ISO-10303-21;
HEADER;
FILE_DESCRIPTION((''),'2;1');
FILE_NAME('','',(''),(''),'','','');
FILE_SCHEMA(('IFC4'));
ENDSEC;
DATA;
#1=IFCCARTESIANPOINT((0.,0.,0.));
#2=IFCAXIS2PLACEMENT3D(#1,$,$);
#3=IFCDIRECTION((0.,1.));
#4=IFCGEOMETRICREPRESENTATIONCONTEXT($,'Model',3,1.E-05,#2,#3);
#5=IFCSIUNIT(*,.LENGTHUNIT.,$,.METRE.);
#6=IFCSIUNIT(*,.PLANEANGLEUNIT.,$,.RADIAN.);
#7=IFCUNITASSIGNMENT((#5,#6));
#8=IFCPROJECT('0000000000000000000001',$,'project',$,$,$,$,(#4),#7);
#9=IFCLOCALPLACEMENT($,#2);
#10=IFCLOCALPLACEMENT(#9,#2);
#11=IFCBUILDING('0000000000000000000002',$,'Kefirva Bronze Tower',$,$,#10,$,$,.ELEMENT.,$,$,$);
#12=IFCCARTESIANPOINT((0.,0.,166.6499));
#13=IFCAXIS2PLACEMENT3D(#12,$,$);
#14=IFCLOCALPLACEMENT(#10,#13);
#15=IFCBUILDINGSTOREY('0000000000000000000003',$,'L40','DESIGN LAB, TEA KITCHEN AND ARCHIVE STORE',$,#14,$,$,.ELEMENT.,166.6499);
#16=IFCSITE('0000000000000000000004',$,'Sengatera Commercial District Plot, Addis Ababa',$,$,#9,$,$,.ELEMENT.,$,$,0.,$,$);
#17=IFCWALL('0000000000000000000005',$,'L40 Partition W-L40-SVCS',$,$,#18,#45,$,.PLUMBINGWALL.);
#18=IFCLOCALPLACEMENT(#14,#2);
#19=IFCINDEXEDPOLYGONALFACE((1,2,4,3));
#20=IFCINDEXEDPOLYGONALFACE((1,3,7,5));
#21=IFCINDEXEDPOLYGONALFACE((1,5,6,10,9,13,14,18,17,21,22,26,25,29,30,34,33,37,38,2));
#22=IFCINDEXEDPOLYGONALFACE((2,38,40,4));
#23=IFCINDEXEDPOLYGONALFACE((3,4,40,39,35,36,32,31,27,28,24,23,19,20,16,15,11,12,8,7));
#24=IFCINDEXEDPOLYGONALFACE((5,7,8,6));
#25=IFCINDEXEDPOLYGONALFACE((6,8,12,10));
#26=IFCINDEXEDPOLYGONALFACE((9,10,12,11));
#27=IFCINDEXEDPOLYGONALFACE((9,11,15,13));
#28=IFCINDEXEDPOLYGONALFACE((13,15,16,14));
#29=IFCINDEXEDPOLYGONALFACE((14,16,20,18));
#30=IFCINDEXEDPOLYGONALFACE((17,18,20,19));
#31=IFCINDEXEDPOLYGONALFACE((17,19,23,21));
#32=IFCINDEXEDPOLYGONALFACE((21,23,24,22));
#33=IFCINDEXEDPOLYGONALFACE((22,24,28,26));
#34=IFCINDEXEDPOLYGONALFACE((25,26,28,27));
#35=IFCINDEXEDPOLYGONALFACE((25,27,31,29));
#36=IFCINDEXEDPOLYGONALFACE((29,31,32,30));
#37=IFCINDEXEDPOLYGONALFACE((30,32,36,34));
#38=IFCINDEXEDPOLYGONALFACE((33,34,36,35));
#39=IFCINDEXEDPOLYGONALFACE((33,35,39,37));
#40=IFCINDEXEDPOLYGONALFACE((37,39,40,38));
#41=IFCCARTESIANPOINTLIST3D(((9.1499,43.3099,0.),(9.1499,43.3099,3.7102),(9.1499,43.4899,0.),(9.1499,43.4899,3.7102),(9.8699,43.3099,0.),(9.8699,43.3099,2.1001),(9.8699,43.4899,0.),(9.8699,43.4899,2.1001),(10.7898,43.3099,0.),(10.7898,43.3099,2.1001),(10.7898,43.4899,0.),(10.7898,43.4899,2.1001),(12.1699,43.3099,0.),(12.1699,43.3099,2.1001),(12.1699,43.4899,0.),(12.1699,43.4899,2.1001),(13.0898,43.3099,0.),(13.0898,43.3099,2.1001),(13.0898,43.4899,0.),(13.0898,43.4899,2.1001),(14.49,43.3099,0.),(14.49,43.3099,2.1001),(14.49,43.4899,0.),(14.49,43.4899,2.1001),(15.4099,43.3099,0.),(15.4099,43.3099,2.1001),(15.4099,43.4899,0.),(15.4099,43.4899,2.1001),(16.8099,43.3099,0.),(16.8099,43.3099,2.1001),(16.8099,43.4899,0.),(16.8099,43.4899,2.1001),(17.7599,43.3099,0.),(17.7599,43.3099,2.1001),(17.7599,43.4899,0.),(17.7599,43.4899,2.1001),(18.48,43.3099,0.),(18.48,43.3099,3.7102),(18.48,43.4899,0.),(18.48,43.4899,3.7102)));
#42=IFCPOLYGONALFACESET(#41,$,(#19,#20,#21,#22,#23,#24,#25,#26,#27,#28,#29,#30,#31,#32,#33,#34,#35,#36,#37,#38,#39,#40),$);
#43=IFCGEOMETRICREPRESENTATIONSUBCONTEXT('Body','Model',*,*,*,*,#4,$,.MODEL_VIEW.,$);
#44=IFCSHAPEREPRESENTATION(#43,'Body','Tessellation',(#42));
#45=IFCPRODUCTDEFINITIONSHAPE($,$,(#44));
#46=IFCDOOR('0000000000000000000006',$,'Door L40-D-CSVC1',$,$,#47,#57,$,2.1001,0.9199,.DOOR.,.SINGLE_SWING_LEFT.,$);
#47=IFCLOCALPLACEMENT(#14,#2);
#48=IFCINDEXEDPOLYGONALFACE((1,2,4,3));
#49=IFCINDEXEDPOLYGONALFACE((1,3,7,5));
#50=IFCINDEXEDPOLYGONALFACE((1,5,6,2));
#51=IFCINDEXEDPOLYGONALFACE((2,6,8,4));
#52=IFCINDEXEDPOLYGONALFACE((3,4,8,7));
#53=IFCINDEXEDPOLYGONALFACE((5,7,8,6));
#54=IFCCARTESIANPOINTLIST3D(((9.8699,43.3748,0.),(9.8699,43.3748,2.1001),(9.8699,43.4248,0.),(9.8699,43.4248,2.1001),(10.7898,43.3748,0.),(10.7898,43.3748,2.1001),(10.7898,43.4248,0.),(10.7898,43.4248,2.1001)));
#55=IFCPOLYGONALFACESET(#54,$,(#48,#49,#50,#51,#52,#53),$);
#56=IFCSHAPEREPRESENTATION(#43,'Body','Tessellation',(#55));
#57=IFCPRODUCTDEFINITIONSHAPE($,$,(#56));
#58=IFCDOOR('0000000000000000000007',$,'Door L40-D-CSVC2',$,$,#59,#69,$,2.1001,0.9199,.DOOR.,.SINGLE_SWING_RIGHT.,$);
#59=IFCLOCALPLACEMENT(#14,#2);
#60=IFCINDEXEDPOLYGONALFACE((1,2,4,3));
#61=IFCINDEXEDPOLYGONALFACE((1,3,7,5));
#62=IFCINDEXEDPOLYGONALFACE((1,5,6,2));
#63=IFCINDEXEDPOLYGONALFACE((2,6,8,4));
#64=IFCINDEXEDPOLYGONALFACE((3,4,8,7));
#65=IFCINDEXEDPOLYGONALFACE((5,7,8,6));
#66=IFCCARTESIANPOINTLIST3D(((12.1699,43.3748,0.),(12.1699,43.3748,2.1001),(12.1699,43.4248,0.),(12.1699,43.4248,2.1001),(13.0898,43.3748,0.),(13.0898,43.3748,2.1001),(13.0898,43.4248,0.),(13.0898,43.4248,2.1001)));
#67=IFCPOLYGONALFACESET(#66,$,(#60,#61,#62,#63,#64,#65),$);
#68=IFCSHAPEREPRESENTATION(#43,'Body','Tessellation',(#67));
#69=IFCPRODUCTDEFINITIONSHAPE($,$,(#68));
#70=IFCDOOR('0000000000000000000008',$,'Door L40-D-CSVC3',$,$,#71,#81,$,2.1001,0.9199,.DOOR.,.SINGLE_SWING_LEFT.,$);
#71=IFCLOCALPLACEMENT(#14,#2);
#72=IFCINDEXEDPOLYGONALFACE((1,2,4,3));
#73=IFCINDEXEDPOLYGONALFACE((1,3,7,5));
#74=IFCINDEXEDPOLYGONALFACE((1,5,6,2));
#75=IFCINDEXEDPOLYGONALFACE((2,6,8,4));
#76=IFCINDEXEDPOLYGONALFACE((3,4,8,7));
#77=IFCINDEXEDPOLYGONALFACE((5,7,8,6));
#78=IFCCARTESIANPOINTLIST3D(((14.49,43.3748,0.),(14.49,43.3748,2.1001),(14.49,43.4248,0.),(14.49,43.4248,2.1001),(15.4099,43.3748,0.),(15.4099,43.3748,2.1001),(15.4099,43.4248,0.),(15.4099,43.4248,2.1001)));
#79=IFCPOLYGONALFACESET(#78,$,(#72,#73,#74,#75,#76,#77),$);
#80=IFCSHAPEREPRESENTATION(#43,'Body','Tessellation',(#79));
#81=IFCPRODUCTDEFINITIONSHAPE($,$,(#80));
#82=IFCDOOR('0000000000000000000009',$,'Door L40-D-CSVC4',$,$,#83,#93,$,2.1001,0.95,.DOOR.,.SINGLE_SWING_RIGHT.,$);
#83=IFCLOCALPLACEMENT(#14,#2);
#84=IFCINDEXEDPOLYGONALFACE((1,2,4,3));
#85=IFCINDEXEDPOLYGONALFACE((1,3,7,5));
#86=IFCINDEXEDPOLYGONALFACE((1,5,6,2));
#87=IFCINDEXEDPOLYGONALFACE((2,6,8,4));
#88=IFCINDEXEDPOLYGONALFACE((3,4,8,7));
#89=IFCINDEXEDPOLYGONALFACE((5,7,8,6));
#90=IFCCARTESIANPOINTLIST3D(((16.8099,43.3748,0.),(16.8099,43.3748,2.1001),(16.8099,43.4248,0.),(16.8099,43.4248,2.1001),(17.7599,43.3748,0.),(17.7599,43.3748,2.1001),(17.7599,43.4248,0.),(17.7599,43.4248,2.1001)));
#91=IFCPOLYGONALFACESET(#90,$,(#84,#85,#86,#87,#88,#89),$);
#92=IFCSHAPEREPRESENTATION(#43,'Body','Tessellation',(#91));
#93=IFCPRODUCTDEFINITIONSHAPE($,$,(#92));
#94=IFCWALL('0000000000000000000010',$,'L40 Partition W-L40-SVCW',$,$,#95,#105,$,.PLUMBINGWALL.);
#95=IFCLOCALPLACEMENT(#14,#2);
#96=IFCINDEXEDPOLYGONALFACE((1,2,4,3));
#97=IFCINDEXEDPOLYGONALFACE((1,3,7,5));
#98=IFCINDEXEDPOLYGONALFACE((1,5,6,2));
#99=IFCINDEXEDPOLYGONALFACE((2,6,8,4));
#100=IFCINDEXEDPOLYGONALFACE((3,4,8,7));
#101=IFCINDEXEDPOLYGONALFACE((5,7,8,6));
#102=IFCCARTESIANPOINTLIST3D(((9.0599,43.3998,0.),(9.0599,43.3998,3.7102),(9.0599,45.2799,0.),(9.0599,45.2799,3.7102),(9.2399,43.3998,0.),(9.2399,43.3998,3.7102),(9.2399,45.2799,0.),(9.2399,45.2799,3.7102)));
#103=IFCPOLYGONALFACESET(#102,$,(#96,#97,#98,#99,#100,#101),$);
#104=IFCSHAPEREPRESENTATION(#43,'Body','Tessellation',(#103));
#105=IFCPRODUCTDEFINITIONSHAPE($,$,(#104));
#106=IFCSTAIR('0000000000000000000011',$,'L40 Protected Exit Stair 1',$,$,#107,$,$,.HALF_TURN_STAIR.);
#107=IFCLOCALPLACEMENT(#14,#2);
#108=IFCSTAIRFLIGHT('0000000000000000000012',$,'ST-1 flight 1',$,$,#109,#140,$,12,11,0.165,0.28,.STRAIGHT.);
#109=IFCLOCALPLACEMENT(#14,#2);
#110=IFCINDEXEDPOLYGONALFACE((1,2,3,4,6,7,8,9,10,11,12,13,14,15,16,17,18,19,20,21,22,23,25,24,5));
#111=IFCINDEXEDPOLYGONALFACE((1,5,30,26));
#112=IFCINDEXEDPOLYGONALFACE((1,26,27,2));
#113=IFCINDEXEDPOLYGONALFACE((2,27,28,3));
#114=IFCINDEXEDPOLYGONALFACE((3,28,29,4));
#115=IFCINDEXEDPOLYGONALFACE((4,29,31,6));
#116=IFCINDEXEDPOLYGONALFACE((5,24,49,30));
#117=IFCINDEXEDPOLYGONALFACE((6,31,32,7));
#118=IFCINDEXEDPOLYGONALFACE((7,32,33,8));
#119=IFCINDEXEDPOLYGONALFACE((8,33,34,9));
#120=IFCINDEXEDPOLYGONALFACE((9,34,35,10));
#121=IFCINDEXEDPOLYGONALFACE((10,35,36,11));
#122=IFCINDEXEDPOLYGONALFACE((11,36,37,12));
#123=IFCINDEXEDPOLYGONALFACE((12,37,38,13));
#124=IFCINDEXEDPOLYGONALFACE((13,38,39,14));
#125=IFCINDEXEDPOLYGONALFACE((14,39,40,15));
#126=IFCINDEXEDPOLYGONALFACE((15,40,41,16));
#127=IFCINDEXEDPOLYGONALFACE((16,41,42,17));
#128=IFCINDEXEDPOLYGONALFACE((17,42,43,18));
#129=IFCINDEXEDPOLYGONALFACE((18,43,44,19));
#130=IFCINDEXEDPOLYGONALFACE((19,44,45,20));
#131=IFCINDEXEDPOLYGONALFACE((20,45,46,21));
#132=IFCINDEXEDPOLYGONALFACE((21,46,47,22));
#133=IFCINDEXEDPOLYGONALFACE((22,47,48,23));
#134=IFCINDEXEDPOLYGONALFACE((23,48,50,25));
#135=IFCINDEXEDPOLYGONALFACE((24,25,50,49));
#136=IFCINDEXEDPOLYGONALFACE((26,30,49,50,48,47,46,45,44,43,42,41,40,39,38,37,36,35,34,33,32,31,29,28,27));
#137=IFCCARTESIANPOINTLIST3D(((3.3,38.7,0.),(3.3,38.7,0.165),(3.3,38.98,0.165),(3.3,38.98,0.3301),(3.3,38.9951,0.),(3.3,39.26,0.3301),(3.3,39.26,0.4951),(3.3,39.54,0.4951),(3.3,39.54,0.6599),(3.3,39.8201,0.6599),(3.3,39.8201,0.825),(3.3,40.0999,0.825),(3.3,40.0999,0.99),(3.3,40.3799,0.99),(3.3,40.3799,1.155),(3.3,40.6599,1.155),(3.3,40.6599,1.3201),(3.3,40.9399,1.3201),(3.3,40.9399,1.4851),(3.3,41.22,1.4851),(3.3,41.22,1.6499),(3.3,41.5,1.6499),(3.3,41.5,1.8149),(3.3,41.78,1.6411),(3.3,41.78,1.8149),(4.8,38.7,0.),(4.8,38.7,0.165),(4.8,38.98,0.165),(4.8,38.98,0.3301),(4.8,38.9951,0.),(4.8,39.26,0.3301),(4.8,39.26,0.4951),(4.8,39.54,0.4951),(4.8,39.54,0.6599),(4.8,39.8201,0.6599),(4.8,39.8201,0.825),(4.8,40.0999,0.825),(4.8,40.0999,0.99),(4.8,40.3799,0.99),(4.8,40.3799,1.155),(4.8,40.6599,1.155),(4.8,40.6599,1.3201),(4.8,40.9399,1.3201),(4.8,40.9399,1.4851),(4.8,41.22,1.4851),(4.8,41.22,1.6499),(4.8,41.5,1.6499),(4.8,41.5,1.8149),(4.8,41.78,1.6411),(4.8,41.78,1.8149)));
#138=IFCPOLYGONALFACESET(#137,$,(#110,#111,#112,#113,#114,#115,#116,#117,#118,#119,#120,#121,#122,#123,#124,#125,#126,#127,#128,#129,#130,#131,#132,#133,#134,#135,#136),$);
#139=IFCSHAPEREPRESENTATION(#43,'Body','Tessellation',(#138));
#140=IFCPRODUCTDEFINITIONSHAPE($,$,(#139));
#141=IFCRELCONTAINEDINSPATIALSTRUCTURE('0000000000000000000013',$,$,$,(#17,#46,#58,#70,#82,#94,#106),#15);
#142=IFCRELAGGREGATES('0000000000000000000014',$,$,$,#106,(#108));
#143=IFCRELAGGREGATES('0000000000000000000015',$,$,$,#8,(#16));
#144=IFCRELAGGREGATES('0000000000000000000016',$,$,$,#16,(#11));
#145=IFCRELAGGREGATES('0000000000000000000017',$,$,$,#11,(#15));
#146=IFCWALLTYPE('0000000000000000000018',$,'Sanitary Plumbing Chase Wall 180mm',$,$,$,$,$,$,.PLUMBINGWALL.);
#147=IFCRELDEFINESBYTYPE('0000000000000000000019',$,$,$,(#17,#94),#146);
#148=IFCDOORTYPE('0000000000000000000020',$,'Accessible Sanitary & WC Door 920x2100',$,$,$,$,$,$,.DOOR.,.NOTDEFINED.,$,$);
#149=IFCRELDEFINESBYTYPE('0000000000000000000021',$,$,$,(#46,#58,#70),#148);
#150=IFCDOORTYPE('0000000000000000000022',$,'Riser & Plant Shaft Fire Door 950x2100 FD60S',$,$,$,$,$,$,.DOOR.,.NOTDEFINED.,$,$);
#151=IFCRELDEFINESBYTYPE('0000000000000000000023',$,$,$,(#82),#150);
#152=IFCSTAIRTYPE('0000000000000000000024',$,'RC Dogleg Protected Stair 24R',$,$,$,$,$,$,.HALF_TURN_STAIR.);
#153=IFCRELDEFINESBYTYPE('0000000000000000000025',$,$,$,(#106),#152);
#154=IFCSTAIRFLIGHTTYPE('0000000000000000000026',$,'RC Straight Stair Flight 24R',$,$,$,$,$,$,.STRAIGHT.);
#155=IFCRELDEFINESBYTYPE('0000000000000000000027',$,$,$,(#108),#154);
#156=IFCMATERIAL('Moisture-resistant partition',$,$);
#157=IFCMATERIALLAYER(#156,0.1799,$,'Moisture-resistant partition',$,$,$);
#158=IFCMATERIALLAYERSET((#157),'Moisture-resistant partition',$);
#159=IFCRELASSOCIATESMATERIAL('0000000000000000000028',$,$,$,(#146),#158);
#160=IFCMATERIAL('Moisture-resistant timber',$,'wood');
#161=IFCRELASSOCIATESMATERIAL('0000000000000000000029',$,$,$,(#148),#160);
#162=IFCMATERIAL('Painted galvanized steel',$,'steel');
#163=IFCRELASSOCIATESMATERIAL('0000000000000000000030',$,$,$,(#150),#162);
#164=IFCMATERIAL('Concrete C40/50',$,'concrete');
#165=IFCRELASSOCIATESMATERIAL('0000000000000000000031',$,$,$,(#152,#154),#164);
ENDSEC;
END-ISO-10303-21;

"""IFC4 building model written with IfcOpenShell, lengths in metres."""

from ifc_helpers import new_model, si_unit, direction, frame, frame_2d, origin, place, context, subcontext, project, spatial, polyline, rectangle, outline, extrude, material, layer, layer_set, type_object, element, fill, aggregate, save


model = new_model("IFC4")

# Units and contexts
model_context = context("Model", 3, precision=1e-05, world=origin(), true_north=direction((0.0, 1.0)))
body_context = subcontext(model_context, "Body", "Model", "MODEL_VIEW")
ifc_project = project(units=[si_unit("LENGTHUNIT", "METRE"), si_unit("PLANEANGLEUNIT", "RADIAN")], contexts=[model_context])

# Site, building, storey
site_placement = place(None, origin())
site = spatial("IfcSite", under=ifc_project, at=site_placement, Name="Sengatera Commercial District Plot, Addis Ababa", CompositionType="ELEMENT", RefElevation=0.0)
building_placement = place(site_placement, origin())
building = spatial("IfcBuilding", under=site, at=building_placement, Name="Kefirva Bronze Tower", CompositionType="ELEMENT")
storey_placement = place(building_placement, frame((0.0, 0.0, 166.6499)))
storey = spatial("IfcBuildingStorey", under=building, at=storey_placement, Name="L40", Description="DESIGN LAB, TEA KITCHEN AND ARCHIVE STORE", CompositionType="ELEMENT", Elevation=166.6499)

# Wall, openings, doors
ifc_material_1 = material(Name="Moisture-resistant partition")
ifc_layer_1 = layer(ifc_material_1, 0.1799, Name="Moisture-resistant partition")
ifc_layer_set_1 = layer_set([ifc_layer_1], Name="Moisture-resistant partition")
wall_type_1 = type_object("IfcWallType", Name="Sanitary Plumbing Chase Wall 180mm", PredefinedType="PLUMBINGWALL", material=ifc_layer_set_1)
wall_1_placement = place(storey_placement, frame((9.1499, 43.3999, 0.0), z_axis=(0.0, 0.0, 1.0), x_axis=(1.0, 0.0, 0.0)))
wall_1 = element("IfcWall", 1, at=wall_1_placement, inside=storey, type_object=wall_type_1, Name="L40 Partition W-L40-SVCS", PredefinedType="PLUMBINGWALL", context=body_context, shape_type="SweptSolid", body=[
    extrude(rectangle(XDim=9.3301, YDim=0.1799, at=frame_2d((4.665, 0.0))), origin(), (0.0, 0.0, 1.0), 3.7102),
])
opening_1_placement = place(wall_1_placement, frame((0.72, 0.0, 0.0)))
opening_1 = element("IfcOpeningElement", 2, at=opening_1_placement, cuts=wall_1, PredefinedType="OPENING", context=body_context, shape_type="SweptSolid", body=[
    extrude(rectangle(XDim=0.9199, YDim=2.1001, at=frame_2d((0.46, 1.05))), frame((0.0, 0.1001, 0.0), z_axis=(0.0, -1.0, 0.0), x_axis=(1.0, 0.0, 0.0)), (0.0, 0.0, 1.0), 0.2),
])
opening_2_placement = place(wall_1_placement, frame((3.02, 0.0, 0.0)))
opening_2 = element("IfcOpeningElement", 3, at=opening_2_placement, cuts=wall_1, PredefinedType="OPENING", context=body_context, shape_type="SweptSolid", body=[
    extrude(rectangle(XDim=0.9199, YDim=2.1001, at=frame_2d((0.46, 1.05))), frame((0.0, 0.1001, 0.0), z_axis=(0.0, -1.0, 0.0), x_axis=(1.0, 0.0, 0.0)), (0.0, 0.0, 1.0), 0.2),
])
opening_3_placement = place(wall_1_placement, frame((5.3401, 0.0, 0.0)))
opening_3 = element("IfcOpeningElement", 4, at=opening_3_placement, cuts=wall_1, PredefinedType="OPENING", context=body_context, shape_type="SweptSolid", body=[
    extrude(rectangle(XDim=0.9199, YDim=2.1001, at=frame_2d((0.46, 1.05))), frame((0.0, 0.1001, 0.0), z_axis=(0.0, -1.0, 0.0), x_axis=(1.0, 0.0, 0.0)), (0.0, 0.0, 1.0), 0.2),
])
opening_4_placement = place(wall_1_placement, frame((7.6599, 0.0, 0.0)))
opening_4 = element("IfcOpeningElement", 5, at=opening_4_placement, cuts=wall_1, PredefinedType="OPENING", context=body_context, shape_type="SweptSolid", body=[
    extrude(rectangle(XDim=0.95, YDim=2.1001, at=frame_2d((0.4751, 1.05))), frame((0.0, 0.1001, 0.0), z_axis=(0.0, -1.0, 0.0), x_axis=(1.0, 0.0, 0.0)), (0.0, 0.0, 1.0), 0.2),
])
ifc_material_2 = material(Name="Moisture-resistant timber", Category="wood")
door_type_1 = type_object("IfcDoorType", Name="Accessible Sanitary & WC Door 920x2100", OperationType="NOTDEFINED", PredefinedType="DOOR", material=ifc_material_2)
door_1_placement = place(opening_1_placement, origin())
door_1 = element("IfcDoor", 6, at=door_1_placement, inside=storey, type_object=door_type_1, Name="Door L40-D-CSVC1", OperationType="SINGLE_SWING_LEFT", OverallHeight=2.1001, OverallWidth=0.9199, PredefinedType="DOOR", context=body_context, shape_type="SweptSolid", body=[
    extrude(rectangle(XDim=0.9199, YDim=2.1001, at=frame_2d((0.46, 1.05))), frame((0.0, 0.0249, 0.0), z_axis=(0.0, -1.0, 0.0), x_axis=(1.0, 0.0, 0.0)), (0.0, 0.0, 1.0), 0.05),
])
fill(opening_1, door_1)
door_2_placement = place(opening_2_placement, origin())
door_2 = element("IfcDoor", 7, at=door_2_placement, inside=storey, type_object=door_type_1, Name="Door L40-D-CSVC2", OperationType="SINGLE_SWING_RIGHT", OverallHeight=2.1001, OverallWidth=0.9199, PredefinedType="DOOR", context=body_context, shape_type="SweptSolid", body=[
    extrude(rectangle(XDim=0.9199, YDim=2.1001, at=frame_2d((0.46, 1.05))), frame((0.0, 0.0249, 0.0), z_axis=(0.0, -1.0, 0.0), x_axis=(1.0, 0.0, 0.0)), (0.0, 0.0, 1.0), 0.05),
])
fill(opening_2, door_2)
door_3_placement = place(opening_3_placement, origin())
door_3 = element("IfcDoor", 8, at=door_3_placement, inside=storey, type_object=door_type_1, Name="Door L40-D-CSVC3", OperationType="SINGLE_SWING_LEFT", OverallHeight=2.1001, OverallWidth=0.9199, PredefinedType="DOOR", context=body_context, shape_type="SweptSolid", body=[
    extrude(rectangle(XDim=0.9199, YDim=2.1001, at=frame_2d((0.46, 1.05))), frame((0.0, 0.0249, 0.0), z_axis=(0.0, -1.0, 0.0), x_axis=(1.0, 0.0, 0.0)), (0.0, 0.0, 1.0), 0.05),
])
fill(opening_3, door_3)
ifc_material_3 = material(Name="Painted galvanized steel", Category="steel")
door_type_2 = type_object("IfcDoorType", Name="Riser & Plant Shaft Fire Door 950x2100 FD60S", OperationType="NOTDEFINED", PredefinedType="DOOR", material=ifc_material_3)
door_4_placement = place(opening_4_placement, origin())
door_4 = element("IfcDoor", 9, at=door_4_placement, inside=storey, type_object=door_type_2, Name="Door L40-D-CSVC4", OperationType="SINGLE_SWING_RIGHT", OverallHeight=2.1001, OverallWidth=0.95, PredefinedType="DOOR", context=body_context, shape_type="SweptSolid", body=[
    extrude(rectangle(XDim=0.95, YDim=2.1001, at=frame_2d((0.4751, 1.05))), frame((0.0, 0.0249, 0.0), z_axis=(0.0, -1.0, 0.0), x_axis=(1.0, 0.0, 0.0)), (0.0, 0.0, 1.0), 0.05),
])
fill(opening_4, door_4)

# Wall
wall_2_placement = place(storey_placement, frame((9.1499, 43.3999, 0.0), z_axis=(0.0, 0.0, 1.0), x_axis=(0.0, 1.0, 0.0)))
element("IfcWall", 10, at=wall_2_placement, inside=storey, type_object=wall_type_1, Name="L40 Partition W-L40-SVCW", PredefinedType="PLUMBINGWALL", context=body_context, shape_type="SweptSolid", body=[
    extrude(rectangle(XDim=1.8801, YDim=0.1799, at=frame_2d((0.9399, 0.0))), origin(), (0.0, 0.0, 1.0), 3.7102),
])

# Stair, stair flight
ifc_material_4 = material(Name="Concrete C40/50", Category="concrete")
stair_type = type_object("IfcStairType", Name="RC Dogleg Protected Stair 24R", PredefinedType="HALF_TURN_STAIR", material=ifc_material_4)
stair_placement = place(storey_placement, origin())
stair = element("IfcStair", 11, at=stair_placement, inside=storey, type_object=stair_type, Name="L40 Protected Exit Stair 1", PredefinedType="HALF_TURN_STAIR")
stair_flight_type = type_object("IfcStairFlightType", Name="RC Straight Stair Flight 24R", PredefinedType="STRAIGHT", material=ifc_material_4)
stair_flight_placement = place(storey_placement, frame((4.05, 38.7, 0.0), z_axis=(0.0, 0.0, 1.0), x_axis=(0.0, 1.0, 0.0)))
stair_flight = element("IfcStairFlight", 12, at=stair_flight_placement, type_object=stair_flight_type, Name="ST-1 flight 1", NumberOfRisers=12, NumberOfTreads=11, PredefinedType="STRAIGHT", RiserHeight=0.165, TreadLength=0.28, context=body_context, shape_type="SweptSolid", body=[
    extrude(outline(polyline([(0.0, 0.0), (0.0, 0.165), (0.28, 0.165), (0.28, 0.3301), (0.5601, 0.3301), (0.5601, 0.4951), (0.8401, 0.4951), (0.8401, 0.6599), (1.1201, 0.6599), (1.1201, 0.825), (1.3999, 0.825), (1.3999, 0.99), (1.6799, 0.99), (1.6799, 1.155), (1.96, 1.155), (1.96, 1.3201), (2.24, 1.3201), (2.24, 1.4851), (2.52, 1.4851), (2.52, 1.6499), (2.8, 1.6499), (2.8, 1.8149), (3.0801, 1.8149), (3.0801, 1.98), (3.0801, 1.6411), (0.2952, 0.0), (0.0, 0.0)])), frame((0.0, 0.75, 0.0), z_axis=(0.0, -1.0, 0.0), x_axis=(1.0, 0.0, 0.0)), (0.0, 0.0, 1.0), 1.5),
])
aggregate(stair, [stair_flight])

save(model, "model.ifc")
